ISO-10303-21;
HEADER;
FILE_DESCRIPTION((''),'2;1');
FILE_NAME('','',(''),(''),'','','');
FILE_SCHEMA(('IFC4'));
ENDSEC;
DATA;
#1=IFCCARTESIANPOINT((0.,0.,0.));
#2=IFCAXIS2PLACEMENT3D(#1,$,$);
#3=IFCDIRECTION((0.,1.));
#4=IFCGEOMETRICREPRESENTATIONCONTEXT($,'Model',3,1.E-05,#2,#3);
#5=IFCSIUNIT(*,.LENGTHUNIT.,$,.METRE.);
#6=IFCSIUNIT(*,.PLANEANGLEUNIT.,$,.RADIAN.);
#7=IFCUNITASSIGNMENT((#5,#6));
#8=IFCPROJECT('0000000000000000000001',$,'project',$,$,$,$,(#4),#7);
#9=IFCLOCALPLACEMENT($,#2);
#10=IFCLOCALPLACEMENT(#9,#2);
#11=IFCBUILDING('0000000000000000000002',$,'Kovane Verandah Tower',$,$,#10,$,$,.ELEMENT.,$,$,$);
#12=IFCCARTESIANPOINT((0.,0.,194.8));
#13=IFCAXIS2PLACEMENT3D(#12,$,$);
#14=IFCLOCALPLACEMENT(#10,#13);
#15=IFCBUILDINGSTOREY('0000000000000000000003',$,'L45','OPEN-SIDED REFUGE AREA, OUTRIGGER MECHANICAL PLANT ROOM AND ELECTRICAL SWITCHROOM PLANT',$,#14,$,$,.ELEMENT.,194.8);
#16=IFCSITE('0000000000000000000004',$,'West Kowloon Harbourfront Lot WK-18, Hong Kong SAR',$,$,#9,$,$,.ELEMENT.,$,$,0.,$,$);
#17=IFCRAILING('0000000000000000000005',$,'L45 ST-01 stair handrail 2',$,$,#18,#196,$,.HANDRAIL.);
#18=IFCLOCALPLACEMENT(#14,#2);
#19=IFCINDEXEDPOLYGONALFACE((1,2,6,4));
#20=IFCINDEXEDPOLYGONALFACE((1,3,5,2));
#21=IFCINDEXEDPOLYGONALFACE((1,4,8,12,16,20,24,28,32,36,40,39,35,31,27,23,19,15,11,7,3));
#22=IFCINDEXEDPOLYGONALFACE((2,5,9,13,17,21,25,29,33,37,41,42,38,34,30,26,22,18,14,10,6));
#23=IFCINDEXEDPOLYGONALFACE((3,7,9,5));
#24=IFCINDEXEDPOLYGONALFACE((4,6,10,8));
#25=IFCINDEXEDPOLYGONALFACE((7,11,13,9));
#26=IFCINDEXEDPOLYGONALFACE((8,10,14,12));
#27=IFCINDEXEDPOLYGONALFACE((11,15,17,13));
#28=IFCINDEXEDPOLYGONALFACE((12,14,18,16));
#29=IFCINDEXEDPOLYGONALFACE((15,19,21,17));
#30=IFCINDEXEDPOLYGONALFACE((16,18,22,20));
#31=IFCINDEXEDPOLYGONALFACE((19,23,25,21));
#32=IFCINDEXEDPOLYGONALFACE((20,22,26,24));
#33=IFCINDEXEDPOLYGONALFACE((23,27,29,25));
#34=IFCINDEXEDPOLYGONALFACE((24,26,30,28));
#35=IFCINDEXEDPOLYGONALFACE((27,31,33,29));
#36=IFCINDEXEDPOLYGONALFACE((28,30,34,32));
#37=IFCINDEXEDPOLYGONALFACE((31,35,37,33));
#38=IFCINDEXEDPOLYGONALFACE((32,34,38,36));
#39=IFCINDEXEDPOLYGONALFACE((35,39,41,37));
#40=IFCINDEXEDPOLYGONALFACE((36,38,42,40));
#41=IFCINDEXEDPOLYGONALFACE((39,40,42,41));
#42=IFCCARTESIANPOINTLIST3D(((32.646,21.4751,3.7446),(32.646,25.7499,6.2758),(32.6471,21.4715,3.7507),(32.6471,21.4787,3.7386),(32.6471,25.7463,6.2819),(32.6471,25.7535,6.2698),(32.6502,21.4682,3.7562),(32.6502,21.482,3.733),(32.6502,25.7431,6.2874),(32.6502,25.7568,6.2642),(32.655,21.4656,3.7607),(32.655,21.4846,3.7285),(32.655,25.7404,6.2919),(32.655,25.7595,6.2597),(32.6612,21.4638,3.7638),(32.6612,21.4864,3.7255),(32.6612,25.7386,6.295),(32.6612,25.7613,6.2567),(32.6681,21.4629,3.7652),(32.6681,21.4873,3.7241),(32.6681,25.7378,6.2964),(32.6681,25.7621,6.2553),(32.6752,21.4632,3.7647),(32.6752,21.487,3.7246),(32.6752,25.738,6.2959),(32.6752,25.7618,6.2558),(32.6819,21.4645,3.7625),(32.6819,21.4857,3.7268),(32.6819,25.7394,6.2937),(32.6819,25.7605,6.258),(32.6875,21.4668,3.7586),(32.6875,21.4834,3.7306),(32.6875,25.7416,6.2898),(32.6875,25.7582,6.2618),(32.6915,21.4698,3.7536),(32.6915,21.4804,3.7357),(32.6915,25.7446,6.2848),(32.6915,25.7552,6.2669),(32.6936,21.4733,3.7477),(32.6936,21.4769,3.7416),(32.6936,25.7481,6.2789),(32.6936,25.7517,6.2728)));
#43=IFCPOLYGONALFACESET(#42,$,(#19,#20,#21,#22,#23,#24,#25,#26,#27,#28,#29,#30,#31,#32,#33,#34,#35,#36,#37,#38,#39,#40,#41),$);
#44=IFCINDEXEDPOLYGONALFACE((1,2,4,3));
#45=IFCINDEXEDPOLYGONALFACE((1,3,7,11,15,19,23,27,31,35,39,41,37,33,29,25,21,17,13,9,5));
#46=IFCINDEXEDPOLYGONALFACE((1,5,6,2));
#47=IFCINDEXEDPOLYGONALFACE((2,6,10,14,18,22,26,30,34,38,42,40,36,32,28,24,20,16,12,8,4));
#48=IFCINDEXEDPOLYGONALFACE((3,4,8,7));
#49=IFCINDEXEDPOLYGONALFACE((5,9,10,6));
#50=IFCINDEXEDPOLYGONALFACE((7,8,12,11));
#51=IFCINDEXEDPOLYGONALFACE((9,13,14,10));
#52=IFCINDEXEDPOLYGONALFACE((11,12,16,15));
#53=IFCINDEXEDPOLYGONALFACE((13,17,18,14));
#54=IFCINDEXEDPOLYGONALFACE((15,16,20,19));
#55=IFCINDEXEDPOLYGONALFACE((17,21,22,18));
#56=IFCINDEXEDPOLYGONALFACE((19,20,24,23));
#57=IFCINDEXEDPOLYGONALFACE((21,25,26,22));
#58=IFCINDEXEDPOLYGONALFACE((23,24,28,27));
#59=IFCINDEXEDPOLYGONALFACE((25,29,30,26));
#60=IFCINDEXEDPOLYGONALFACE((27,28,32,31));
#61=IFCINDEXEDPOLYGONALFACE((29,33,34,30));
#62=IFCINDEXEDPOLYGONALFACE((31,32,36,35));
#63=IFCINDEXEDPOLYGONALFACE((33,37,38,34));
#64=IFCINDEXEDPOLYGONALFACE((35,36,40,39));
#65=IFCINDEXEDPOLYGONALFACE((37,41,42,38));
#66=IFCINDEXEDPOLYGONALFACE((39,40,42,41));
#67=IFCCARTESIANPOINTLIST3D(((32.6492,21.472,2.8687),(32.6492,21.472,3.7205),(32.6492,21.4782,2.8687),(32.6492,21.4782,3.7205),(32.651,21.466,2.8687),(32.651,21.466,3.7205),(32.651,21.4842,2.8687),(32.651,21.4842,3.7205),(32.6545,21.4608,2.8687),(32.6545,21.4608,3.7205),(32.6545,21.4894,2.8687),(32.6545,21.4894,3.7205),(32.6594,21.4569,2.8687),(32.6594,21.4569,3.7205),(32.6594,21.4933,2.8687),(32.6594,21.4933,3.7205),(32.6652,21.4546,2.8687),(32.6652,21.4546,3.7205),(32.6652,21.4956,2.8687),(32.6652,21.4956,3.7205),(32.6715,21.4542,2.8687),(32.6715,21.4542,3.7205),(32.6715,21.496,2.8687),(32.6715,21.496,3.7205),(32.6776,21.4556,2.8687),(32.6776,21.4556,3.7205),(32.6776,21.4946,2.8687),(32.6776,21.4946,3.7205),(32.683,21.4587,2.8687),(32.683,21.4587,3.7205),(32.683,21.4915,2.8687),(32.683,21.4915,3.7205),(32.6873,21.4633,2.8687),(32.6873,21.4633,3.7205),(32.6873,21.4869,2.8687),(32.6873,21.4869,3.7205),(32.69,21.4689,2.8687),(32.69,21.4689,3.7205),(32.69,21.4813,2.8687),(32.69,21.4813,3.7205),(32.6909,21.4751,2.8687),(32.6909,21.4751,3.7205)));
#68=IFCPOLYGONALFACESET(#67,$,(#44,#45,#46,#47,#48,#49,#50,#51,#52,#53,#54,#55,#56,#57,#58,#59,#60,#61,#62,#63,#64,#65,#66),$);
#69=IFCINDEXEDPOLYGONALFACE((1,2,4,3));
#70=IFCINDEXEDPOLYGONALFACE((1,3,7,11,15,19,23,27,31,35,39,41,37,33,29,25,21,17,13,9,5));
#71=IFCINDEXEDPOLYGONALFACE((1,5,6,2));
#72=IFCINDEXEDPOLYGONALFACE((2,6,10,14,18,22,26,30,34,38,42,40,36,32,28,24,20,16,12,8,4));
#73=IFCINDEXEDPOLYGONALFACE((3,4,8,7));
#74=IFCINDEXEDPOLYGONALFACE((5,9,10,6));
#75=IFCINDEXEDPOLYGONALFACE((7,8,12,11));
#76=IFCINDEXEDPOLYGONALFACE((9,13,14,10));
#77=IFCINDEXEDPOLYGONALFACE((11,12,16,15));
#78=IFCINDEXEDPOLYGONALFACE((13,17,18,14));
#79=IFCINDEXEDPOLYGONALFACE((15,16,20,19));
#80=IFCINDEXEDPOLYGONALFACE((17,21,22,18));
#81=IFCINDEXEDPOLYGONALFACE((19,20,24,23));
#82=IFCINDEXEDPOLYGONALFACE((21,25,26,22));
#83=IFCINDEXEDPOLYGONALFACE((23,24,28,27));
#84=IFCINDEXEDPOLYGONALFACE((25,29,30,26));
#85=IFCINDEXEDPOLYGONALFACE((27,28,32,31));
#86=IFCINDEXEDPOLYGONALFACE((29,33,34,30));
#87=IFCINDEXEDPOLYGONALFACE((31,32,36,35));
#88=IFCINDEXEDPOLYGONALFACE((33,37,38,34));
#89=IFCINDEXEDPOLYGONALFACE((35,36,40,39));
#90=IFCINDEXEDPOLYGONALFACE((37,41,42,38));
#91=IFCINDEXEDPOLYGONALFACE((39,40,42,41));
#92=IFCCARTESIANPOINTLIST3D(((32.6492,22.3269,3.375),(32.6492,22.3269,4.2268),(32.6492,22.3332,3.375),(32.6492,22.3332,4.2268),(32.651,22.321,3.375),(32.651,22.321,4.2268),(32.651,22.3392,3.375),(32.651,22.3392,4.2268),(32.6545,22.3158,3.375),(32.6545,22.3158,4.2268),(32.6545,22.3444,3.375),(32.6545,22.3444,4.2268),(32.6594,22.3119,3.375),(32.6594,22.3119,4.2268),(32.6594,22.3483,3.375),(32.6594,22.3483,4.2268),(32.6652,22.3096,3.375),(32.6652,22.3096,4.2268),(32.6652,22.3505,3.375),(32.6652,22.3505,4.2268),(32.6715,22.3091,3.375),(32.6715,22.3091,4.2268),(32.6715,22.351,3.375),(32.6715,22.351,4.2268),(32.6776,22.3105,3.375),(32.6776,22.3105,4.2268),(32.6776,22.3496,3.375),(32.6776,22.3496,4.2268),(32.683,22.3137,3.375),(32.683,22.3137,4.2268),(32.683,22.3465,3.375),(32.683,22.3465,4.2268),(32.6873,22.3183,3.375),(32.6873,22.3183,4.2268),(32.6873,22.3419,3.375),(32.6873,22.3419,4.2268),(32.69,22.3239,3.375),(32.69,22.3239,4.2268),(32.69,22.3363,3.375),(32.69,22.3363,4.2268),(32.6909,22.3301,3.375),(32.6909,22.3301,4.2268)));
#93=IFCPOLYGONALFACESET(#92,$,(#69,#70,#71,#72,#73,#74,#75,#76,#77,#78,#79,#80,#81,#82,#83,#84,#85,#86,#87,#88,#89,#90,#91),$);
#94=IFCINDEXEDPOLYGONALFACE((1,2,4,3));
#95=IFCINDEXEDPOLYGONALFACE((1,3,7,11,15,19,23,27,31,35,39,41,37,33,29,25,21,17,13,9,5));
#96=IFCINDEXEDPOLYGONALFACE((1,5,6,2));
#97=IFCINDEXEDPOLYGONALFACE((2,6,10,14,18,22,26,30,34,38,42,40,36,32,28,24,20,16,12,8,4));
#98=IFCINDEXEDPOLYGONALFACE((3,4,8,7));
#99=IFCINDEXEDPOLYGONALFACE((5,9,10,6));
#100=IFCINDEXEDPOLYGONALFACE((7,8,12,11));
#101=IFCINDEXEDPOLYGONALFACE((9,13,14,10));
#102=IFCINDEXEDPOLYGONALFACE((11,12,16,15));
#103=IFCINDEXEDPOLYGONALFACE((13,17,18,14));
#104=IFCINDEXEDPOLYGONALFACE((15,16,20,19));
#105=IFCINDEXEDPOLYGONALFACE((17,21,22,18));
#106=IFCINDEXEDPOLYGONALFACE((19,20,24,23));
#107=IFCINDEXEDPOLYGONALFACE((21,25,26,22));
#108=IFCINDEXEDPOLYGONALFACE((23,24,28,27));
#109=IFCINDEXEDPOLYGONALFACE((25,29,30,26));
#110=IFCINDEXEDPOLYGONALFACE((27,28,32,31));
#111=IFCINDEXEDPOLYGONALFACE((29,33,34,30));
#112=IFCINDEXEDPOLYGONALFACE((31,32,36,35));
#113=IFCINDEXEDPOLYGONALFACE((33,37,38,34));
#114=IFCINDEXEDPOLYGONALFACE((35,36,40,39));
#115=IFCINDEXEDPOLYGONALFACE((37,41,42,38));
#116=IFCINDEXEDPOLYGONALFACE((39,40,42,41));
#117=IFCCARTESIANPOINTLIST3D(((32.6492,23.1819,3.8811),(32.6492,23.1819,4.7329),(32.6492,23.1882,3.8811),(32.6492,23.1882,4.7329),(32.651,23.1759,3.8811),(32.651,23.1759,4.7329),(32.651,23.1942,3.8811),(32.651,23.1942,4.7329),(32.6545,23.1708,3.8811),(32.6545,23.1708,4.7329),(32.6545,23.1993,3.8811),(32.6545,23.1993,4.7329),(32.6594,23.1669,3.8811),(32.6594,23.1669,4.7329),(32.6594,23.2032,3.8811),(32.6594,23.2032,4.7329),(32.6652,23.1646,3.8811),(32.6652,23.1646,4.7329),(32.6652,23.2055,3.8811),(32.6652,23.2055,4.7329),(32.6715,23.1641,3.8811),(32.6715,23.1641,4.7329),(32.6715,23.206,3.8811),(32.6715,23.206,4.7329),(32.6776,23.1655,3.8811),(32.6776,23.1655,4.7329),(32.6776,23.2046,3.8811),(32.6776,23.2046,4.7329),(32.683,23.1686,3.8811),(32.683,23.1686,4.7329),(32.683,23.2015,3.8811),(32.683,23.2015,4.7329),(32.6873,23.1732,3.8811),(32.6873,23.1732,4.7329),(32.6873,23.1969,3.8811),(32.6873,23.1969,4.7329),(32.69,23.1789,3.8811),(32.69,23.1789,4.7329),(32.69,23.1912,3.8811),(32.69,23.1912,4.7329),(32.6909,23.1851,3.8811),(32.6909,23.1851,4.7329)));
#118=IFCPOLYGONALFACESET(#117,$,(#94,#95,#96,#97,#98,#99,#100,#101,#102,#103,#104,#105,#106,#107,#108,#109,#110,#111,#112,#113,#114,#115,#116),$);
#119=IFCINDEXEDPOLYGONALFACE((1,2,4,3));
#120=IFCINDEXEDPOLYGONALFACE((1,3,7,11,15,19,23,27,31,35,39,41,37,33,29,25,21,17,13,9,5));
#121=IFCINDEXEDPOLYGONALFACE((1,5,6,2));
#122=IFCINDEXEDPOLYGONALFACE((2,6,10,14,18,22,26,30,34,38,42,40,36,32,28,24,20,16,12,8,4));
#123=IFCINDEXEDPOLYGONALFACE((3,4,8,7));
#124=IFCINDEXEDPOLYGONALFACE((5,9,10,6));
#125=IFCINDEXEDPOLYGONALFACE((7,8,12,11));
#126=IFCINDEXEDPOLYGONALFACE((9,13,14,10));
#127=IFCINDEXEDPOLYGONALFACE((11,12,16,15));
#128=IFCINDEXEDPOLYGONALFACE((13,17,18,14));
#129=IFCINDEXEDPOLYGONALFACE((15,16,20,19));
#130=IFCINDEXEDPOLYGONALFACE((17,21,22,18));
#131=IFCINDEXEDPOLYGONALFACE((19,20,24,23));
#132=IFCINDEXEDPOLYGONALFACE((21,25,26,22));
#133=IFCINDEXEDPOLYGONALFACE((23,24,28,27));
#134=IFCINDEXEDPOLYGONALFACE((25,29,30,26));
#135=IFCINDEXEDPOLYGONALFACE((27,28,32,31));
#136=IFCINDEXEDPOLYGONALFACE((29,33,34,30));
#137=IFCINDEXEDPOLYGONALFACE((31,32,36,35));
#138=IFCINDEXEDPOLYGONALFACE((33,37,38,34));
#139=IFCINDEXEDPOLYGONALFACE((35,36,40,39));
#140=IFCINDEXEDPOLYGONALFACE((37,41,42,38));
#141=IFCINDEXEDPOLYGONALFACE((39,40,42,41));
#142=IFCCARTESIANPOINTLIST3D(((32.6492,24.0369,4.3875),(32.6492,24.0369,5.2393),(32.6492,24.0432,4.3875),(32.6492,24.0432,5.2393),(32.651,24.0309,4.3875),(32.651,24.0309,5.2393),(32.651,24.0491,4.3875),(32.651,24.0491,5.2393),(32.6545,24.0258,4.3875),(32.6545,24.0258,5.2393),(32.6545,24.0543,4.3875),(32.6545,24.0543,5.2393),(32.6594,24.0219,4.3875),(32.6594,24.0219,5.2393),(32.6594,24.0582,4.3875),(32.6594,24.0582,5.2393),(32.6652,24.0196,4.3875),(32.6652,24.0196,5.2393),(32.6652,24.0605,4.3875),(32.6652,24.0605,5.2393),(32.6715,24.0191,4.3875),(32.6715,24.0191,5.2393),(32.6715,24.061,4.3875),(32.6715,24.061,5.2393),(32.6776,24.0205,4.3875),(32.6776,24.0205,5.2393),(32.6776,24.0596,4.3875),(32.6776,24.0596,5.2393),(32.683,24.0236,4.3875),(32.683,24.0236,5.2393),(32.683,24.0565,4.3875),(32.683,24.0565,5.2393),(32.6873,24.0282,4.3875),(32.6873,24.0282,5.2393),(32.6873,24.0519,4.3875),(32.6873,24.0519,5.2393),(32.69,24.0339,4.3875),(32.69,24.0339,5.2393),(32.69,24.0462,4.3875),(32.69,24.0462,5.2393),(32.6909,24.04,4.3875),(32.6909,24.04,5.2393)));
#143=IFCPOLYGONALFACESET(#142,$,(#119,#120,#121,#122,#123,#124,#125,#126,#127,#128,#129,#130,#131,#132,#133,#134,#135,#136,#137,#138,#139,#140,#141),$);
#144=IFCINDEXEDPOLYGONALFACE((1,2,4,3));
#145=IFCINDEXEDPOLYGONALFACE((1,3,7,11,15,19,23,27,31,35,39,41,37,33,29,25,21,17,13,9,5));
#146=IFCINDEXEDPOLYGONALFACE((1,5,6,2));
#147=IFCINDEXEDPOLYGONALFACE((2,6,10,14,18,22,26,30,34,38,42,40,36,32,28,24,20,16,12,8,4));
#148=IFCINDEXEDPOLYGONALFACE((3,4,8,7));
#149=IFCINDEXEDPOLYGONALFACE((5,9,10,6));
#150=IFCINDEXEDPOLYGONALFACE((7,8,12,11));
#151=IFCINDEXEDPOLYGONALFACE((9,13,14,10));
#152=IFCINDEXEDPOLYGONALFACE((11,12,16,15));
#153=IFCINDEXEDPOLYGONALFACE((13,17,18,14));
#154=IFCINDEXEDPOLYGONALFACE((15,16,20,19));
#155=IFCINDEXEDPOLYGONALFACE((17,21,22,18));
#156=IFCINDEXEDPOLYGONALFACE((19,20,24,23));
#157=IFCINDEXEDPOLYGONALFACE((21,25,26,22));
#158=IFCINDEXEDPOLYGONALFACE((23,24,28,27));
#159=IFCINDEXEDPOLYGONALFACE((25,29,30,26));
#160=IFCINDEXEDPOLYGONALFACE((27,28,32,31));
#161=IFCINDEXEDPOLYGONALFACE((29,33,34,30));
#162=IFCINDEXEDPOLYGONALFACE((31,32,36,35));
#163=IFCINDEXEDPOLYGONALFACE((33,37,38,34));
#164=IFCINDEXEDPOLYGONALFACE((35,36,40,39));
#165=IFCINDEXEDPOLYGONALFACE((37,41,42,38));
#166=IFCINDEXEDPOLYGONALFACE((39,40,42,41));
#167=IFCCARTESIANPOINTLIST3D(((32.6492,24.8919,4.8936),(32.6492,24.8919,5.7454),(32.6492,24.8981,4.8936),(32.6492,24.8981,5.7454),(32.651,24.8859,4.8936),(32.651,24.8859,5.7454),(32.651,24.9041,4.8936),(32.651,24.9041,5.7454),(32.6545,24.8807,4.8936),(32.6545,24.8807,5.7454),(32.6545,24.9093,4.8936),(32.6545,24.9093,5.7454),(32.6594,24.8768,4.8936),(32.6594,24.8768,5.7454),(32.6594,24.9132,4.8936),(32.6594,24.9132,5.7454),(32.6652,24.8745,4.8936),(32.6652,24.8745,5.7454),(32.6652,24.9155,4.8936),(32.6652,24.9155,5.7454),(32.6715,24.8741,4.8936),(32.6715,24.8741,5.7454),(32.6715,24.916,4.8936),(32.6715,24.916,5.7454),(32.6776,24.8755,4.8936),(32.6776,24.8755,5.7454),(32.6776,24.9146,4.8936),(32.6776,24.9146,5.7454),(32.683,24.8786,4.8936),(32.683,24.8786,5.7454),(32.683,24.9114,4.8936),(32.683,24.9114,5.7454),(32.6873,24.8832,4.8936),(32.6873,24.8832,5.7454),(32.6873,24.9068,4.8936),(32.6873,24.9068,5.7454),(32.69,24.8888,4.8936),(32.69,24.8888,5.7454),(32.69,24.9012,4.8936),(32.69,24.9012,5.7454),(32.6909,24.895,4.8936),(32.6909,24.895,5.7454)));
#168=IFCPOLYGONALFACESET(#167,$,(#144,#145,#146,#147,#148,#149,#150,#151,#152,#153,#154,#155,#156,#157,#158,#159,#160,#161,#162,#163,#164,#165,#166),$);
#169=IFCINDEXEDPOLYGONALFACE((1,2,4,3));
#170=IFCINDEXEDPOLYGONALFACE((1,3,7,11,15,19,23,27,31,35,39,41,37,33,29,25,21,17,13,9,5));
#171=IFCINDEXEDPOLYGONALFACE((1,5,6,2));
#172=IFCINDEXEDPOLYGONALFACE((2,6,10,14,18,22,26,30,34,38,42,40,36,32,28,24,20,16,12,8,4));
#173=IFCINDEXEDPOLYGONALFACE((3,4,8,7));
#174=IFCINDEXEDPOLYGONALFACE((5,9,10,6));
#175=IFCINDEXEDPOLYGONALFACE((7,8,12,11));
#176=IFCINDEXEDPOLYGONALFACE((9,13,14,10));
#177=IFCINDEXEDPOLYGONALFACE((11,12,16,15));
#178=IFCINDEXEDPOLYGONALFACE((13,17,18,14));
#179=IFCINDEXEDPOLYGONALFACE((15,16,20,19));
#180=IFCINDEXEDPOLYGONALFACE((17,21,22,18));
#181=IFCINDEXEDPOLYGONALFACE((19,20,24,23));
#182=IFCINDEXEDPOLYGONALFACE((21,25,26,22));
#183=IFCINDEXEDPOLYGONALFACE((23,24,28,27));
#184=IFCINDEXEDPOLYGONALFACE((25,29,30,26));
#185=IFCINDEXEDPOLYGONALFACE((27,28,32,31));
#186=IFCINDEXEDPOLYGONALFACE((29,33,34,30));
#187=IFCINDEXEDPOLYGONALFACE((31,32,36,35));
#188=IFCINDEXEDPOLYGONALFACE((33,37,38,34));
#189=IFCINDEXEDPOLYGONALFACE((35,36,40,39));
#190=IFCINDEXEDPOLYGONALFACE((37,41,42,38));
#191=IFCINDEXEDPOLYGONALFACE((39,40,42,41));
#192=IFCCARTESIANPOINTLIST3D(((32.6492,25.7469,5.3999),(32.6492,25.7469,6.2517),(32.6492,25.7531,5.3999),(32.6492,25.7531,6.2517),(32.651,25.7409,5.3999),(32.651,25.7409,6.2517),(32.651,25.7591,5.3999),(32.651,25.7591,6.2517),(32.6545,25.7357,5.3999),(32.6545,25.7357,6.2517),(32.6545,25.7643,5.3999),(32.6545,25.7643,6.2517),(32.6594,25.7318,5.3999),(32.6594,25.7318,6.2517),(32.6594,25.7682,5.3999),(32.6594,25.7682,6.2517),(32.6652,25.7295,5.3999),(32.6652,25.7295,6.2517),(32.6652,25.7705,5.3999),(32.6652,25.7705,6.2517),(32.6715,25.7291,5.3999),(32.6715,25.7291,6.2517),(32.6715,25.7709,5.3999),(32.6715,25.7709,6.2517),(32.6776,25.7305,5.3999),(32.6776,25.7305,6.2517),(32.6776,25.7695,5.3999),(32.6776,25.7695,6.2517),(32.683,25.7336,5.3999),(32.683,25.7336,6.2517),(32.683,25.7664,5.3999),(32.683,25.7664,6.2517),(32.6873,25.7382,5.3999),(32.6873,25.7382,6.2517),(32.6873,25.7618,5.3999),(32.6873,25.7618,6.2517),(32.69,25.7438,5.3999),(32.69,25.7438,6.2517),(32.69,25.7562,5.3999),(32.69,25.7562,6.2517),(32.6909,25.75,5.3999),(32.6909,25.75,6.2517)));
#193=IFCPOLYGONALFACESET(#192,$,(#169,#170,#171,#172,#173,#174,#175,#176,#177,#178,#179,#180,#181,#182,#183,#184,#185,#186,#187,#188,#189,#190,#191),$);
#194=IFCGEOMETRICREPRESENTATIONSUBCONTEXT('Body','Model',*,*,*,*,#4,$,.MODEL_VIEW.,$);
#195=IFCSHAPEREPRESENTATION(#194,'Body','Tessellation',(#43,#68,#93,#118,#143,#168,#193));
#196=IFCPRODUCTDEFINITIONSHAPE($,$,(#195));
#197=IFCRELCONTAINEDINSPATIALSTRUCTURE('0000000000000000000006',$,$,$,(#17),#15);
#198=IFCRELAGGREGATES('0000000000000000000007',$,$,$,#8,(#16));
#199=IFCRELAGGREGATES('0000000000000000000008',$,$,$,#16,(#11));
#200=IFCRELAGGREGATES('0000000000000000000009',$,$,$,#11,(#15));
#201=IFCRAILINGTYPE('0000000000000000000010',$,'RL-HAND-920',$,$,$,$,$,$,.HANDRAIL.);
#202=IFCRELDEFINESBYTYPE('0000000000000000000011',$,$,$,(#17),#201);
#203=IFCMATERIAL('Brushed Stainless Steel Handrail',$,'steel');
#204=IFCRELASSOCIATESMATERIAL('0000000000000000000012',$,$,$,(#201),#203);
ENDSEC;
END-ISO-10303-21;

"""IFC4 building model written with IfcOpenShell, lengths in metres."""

from ifc_helpers import new_model, si_unit, direction, frame, origin, origin_2d, place, context, subcontext, project, spatial, circle, extrude, material, type_object, element, save


model = new_model("IFC4")

# Units and contexts
model_context = context("Model", 3, precision=1e-05, world=origin(), true_north=direction((0.0, 1.0)))
body_context = subcontext(model_context, "Body", "Model", "MODEL_VIEW")
ifc_project = project(units=[si_unit("LENGTHUNIT", "METRE"), si_unit("PLANEANGLEUNIT", "RADIAN")], contexts=[model_context])

# Site, building, storey
site_placement = place(None, origin())
site = spatial("IfcSite", under=ifc_project, at=site_placement, Name="West Kowloon Harbourfront Lot WK-18, Hong Kong SAR", CompositionType="ELEMENT", RefElevation=0.0)
building_placement = place(site_placement, origin())
building = spatial("IfcBuilding", under=site, at=building_placement, Name="Kovane Verandah Tower", CompositionType="ELEMENT")
storey_placement = place(building_placement, frame((0.0, 0.0, 194.8)))
storey = spatial("IfcBuildingStorey", under=building, at=storey_placement, Name="L45", Description="OPEN-SIDED REFUGE AREA, OUTRIGGER MECHANICAL PLANT ROOM AND ELECTRICAL SWITCHROOM PLANT", CompositionType="ELEMENT", Elevation=194.8)

# Railing
ifc_material_1 = material(Name="Brushed Stainless Steel Handrail", Category="steel")
railing_type_1 = type_object("IfcRailingType", Name="RL-HAND-920", PredefinedType="HANDRAIL", material=ifc_material_1)
railing_1_placement = place(storey_placement, frame((32.6699, 21.4751, 2.8687)))
element("IfcRailing", 1, at=railing_1_placement, inside=storey, type_object=railing_type_1, Name="L45 ST-01 stair handrail 2", PredefinedType="HANDRAIL", context=body_context, shape_type="SweptSolid", body=[
    extrude(circle(Radius=0.0239, at=origin_2d()), frame((0.0, 0.0, 0.876), z_axis=(0.0, 0.86047, 0.509501), x_axis=(-1.0, 0.0, 0.0)), (0.0, 0.0, 1.0), 4.968),
    extrude(circle(Radius=0.021, at=origin_2d()), origin(), (0.0, 0.0, 1.0), 0.8518),
    extrude(circle(Radius=0.021, at=origin_2d()), frame((0.0, 0.855, 0.5063)), (0.0, 0.0, 1.0), 0.8518),
    extrude(circle(Radius=0.021, at=origin_2d()), frame((0.0, 1.71, 1.0125)), (0.0, 0.0, 1.0), 0.8518),
    extrude(circle(Radius=0.021, at=origin_2d()), frame((0.0, 2.5649, 1.5188)), (0.0, 0.0, 1.0), 0.8518),
    extrude(circle(Radius=0.021, at=origin_2d()), frame((0.0, 3.4199, 2.0249)), (0.0, 0.0, 1.0), 0.8518),
    extrude(circle(Radius=0.021, at=origin_2d()), frame((0.0, 4.2749, 2.5312)), (0.0, 0.0, 1.0), 0.8518),
])

save(model, "model.ifc")
